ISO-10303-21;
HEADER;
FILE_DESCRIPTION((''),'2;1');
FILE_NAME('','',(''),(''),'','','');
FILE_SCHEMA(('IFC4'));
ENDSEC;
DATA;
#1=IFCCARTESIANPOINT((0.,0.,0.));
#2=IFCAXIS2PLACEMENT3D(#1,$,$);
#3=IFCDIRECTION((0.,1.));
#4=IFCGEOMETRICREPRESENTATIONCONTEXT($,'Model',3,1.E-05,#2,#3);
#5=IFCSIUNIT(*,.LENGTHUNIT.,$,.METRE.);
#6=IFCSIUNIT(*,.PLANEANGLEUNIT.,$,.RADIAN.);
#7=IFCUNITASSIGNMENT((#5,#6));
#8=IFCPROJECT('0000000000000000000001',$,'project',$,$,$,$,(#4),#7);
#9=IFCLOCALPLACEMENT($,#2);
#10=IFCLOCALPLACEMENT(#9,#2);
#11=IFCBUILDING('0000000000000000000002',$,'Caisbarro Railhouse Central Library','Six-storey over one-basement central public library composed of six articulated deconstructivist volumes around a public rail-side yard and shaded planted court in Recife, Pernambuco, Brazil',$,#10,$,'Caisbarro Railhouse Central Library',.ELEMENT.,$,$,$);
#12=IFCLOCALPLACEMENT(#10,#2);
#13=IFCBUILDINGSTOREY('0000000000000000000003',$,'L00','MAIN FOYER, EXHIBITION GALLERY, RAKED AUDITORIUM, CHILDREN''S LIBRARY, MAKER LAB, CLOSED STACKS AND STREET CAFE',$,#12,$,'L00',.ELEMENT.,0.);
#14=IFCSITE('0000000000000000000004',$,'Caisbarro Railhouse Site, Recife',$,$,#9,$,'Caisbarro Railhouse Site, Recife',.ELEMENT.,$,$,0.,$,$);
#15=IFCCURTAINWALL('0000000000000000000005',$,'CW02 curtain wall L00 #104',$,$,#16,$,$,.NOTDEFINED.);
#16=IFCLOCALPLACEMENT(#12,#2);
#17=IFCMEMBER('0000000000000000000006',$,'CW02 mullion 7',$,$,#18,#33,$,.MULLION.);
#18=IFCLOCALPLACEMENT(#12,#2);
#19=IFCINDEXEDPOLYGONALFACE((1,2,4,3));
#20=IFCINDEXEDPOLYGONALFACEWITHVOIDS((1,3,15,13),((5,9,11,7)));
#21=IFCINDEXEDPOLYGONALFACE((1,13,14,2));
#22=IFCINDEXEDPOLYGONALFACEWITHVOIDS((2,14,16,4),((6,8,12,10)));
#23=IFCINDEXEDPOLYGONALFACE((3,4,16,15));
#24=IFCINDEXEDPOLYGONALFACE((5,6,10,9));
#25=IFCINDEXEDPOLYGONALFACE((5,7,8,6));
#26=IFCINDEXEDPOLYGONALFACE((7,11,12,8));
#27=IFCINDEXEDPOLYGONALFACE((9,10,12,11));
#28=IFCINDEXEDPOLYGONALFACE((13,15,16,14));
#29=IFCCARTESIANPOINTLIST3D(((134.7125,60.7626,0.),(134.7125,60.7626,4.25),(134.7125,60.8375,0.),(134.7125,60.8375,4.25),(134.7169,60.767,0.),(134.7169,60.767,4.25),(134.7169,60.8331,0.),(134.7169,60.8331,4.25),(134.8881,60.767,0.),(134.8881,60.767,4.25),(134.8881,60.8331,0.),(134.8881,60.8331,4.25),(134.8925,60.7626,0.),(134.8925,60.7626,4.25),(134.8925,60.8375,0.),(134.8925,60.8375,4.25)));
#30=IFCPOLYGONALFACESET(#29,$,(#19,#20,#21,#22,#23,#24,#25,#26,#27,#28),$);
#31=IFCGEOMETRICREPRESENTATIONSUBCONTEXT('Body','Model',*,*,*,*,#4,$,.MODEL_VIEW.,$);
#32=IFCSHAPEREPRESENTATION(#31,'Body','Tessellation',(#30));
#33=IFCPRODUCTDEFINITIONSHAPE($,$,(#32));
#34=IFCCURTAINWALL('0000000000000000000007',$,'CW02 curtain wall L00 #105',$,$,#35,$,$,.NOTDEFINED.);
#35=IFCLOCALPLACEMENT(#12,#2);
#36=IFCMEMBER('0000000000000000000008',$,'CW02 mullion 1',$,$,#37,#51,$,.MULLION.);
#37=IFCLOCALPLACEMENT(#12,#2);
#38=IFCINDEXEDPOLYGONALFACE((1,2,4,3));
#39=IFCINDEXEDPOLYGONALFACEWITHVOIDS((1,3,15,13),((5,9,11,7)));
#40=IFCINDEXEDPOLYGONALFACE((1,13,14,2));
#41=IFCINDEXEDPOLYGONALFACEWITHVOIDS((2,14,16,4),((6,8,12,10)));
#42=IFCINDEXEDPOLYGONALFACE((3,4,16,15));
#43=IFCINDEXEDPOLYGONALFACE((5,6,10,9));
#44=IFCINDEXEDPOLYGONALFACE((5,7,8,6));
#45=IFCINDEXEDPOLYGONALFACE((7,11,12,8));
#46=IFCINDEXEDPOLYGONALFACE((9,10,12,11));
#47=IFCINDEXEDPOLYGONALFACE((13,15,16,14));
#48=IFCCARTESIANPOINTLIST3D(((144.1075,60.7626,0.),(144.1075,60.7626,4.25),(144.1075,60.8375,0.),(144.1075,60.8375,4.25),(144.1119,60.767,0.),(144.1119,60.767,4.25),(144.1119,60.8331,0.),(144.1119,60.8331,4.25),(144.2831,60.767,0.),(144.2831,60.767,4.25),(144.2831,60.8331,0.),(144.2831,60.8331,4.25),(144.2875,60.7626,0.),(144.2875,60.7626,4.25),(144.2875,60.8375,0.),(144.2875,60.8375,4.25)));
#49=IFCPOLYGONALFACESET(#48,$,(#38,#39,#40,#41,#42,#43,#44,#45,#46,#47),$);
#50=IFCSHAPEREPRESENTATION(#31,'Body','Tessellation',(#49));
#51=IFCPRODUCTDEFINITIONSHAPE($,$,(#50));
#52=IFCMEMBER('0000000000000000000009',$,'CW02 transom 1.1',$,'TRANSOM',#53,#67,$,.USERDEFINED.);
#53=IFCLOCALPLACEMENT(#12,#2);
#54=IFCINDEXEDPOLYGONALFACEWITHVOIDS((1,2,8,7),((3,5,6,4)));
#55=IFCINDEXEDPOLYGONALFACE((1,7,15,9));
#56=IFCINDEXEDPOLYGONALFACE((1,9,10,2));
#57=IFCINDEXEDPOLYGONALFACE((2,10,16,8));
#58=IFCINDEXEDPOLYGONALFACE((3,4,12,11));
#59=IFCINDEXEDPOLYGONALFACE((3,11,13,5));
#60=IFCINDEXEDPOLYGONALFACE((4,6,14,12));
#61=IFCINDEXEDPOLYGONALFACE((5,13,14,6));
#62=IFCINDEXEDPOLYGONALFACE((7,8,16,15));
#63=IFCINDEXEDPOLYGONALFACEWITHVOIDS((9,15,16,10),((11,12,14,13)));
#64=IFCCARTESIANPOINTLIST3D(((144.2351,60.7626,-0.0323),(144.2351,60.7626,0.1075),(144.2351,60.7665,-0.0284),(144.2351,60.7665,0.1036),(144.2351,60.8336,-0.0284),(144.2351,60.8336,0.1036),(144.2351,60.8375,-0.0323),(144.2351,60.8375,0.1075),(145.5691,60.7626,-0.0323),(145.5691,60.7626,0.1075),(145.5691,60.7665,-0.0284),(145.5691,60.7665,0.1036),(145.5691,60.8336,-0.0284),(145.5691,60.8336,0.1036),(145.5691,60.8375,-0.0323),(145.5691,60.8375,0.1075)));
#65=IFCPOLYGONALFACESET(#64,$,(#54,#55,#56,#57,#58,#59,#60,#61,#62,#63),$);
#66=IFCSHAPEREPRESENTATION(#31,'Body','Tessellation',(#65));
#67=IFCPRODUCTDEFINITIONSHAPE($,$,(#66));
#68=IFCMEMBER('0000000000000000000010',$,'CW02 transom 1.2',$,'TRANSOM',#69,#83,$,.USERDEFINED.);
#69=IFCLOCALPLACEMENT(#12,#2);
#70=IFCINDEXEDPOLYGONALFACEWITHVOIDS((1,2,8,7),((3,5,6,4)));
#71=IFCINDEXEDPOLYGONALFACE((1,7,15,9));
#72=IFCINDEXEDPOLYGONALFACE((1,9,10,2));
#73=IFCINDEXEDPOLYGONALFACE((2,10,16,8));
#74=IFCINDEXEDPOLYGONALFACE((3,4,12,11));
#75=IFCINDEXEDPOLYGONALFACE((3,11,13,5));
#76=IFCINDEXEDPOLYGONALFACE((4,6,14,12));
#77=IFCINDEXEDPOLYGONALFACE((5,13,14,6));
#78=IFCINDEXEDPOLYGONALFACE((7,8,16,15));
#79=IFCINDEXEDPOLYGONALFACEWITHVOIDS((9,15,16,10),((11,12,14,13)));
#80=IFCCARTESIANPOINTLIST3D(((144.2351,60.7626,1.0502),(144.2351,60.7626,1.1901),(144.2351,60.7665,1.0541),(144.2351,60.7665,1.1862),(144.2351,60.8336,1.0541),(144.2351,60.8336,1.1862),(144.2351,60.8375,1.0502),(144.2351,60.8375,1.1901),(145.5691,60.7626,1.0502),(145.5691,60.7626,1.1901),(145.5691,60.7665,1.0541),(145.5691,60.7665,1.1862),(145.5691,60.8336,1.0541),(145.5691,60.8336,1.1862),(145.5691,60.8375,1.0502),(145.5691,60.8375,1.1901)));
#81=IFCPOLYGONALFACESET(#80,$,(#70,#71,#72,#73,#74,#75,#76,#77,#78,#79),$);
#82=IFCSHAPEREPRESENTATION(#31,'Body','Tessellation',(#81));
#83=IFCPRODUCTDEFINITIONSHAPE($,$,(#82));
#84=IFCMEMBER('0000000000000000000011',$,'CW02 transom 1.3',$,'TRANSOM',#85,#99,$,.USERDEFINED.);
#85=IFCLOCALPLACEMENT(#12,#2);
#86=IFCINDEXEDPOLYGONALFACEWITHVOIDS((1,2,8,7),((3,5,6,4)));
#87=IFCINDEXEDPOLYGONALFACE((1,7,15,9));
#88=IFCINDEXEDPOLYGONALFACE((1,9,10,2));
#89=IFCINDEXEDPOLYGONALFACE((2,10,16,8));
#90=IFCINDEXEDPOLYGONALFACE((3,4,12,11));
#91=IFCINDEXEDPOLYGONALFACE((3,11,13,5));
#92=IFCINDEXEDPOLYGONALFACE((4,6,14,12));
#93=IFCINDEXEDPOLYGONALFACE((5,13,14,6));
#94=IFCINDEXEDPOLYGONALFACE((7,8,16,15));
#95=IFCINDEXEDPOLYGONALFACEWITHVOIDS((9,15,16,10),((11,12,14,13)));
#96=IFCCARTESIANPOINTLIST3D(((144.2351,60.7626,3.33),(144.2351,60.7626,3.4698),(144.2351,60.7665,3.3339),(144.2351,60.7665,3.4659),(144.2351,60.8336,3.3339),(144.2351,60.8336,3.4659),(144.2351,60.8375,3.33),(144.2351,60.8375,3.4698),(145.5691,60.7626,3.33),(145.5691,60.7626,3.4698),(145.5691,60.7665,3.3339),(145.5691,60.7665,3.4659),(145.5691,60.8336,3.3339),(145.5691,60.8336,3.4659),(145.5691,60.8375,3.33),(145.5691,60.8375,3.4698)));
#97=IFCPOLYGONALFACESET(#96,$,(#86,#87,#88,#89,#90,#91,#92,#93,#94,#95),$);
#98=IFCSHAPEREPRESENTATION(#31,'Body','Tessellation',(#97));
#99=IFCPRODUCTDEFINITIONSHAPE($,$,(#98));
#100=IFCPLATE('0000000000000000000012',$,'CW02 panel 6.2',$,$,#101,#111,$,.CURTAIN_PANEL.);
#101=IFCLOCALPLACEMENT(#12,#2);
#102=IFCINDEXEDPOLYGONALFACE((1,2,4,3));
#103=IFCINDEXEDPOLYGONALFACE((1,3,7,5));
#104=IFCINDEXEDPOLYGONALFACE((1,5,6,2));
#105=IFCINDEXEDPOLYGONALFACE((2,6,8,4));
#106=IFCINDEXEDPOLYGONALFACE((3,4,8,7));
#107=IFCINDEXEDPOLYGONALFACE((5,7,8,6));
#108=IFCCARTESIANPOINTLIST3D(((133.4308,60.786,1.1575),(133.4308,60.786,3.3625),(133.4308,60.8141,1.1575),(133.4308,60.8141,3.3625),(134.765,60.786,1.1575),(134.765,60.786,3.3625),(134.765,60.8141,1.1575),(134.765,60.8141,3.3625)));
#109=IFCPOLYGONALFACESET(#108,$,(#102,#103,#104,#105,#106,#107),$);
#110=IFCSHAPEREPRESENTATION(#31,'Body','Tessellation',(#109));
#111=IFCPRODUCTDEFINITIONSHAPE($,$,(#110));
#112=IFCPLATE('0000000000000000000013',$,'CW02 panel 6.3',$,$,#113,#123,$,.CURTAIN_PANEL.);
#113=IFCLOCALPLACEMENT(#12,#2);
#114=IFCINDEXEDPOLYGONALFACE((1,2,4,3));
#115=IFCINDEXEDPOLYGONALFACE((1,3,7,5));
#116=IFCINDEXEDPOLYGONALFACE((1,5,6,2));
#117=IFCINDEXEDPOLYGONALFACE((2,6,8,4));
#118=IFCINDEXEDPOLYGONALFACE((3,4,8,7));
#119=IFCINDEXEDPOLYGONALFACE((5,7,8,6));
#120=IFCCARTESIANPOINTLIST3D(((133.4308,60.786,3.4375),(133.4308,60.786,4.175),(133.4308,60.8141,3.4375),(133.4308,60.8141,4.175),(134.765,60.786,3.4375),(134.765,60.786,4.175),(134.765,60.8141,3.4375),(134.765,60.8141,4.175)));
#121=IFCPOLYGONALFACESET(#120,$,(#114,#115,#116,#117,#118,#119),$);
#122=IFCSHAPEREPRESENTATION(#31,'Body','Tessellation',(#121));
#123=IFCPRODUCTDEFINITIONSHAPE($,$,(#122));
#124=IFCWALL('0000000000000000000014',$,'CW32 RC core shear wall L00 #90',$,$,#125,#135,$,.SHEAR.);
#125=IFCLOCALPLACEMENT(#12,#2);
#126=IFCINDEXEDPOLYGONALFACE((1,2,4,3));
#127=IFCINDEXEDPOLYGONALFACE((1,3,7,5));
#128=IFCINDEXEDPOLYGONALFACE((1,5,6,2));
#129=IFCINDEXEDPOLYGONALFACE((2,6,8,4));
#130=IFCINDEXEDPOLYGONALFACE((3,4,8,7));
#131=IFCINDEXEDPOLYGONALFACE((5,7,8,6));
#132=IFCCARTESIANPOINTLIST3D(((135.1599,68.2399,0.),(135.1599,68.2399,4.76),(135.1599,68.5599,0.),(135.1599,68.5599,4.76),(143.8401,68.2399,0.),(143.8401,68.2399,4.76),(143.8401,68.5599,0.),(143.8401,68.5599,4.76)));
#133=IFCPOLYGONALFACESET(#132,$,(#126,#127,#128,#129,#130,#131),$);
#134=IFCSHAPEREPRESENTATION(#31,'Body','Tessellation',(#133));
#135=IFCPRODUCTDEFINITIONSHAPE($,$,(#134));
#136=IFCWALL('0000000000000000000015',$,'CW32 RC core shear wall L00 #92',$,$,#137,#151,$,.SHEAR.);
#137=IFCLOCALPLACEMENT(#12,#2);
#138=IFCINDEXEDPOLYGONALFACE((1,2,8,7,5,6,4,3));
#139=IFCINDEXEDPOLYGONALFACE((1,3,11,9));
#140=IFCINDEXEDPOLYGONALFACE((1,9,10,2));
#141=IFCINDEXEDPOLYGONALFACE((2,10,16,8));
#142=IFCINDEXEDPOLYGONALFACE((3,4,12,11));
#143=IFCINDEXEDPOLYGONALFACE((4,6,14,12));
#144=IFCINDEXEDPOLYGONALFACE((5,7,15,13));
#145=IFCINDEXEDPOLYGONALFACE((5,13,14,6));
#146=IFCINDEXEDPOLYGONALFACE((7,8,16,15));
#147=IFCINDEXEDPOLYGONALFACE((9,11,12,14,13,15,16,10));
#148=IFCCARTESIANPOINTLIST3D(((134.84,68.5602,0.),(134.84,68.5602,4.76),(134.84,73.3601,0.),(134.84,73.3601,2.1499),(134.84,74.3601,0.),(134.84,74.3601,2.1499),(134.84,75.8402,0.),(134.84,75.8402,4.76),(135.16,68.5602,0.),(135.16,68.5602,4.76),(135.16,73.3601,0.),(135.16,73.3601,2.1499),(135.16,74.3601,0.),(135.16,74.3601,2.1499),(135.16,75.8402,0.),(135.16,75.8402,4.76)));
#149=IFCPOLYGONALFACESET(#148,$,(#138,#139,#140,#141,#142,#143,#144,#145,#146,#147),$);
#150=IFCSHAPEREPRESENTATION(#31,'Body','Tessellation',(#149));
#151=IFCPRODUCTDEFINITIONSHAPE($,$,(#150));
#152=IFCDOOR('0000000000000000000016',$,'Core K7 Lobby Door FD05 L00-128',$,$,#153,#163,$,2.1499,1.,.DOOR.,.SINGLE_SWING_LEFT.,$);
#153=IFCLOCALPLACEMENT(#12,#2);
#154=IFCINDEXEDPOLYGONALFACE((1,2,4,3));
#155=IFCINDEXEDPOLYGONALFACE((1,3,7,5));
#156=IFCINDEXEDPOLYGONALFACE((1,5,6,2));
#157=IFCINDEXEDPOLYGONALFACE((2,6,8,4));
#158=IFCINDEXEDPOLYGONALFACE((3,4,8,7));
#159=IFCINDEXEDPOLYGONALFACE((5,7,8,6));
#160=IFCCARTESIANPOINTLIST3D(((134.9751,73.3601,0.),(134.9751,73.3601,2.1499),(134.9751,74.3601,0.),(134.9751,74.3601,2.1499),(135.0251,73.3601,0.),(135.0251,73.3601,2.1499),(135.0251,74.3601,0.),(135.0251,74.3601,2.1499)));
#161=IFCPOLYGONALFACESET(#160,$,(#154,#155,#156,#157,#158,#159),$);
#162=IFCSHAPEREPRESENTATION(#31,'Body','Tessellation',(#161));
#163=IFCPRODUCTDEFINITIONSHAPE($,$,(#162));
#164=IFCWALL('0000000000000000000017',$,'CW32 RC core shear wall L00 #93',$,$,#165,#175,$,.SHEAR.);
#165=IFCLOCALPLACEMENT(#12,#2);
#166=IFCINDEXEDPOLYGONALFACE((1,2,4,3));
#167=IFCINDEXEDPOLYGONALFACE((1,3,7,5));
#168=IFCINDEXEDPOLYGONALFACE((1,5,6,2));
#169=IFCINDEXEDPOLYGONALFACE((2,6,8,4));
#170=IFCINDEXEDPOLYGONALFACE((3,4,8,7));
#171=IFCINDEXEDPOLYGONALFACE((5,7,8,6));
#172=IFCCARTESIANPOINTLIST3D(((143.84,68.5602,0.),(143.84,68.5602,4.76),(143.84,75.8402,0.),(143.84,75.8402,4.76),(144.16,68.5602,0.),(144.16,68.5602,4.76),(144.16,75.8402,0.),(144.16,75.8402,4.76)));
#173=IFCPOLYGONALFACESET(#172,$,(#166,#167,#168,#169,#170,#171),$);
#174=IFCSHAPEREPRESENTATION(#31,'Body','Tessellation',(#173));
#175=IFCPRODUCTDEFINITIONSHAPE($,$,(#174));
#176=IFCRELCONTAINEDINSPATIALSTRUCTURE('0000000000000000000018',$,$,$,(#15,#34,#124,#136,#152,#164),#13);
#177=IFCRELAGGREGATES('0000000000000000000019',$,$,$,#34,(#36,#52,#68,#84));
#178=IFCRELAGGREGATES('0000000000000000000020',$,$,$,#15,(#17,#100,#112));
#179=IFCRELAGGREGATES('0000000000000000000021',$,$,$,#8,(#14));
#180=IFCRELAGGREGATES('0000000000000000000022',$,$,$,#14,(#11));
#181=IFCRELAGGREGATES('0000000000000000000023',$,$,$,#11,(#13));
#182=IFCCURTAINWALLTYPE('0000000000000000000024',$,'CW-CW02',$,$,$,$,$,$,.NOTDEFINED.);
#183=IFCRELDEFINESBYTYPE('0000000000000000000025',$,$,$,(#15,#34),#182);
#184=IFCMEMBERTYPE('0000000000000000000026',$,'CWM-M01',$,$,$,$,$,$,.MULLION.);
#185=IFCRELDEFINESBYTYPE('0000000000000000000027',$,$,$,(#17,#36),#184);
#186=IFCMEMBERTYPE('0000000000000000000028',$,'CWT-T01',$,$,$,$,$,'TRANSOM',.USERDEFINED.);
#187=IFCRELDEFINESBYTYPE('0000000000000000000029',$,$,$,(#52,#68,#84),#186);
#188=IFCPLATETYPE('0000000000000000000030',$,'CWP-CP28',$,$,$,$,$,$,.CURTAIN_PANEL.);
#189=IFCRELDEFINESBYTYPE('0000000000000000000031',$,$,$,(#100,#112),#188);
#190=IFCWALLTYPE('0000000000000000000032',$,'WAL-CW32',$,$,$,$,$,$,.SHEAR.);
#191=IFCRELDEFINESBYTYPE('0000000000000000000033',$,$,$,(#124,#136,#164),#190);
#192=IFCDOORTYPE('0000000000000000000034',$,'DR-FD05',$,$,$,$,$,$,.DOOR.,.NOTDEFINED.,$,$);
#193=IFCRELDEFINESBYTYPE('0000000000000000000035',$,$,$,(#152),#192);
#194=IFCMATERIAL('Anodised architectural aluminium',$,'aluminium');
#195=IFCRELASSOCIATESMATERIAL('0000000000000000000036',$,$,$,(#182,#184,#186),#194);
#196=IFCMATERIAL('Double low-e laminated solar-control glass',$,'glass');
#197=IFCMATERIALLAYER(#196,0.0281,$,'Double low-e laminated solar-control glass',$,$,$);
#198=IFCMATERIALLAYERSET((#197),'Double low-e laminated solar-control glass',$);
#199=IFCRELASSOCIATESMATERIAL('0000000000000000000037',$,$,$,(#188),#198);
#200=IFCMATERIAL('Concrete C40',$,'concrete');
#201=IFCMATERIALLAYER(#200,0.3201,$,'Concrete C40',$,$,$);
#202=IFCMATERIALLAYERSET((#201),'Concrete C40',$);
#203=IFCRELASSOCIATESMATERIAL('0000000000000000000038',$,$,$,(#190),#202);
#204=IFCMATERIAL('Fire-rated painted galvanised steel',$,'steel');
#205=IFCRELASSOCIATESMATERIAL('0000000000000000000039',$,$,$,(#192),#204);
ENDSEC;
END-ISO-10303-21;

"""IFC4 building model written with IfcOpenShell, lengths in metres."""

from ifc_helpers import new_model, si_unit, direction, frame, frame_2d, origin, origin_2d, place, context, subcontext, project, spatial, rectangle, hollow_rectangle, extrude, material, layer, layer_set, material_profile, profile_set, type_object, element, fill, aggregate, save


model = new_model("IFC4")

# Units and contexts
model_context = context("Model", 3, precision=1e-05, world=origin(), true_north=direction((0.0, 1.0)))
body_context = subcontext(model_context, "Body", "Model", "MODEL_VIEW")
ifc_project = project(units=[si_unit("LENGTHUNIT", "METRE"), si_unit("PLANEANGLEUNIT", "RADIAN")], contexts=[model_context])

# Site, building, storey
site_placement = place(None, origin())
site = spatial("IfcSite", under=ifc_project, at=site_placement, Name="Caisbarro Railhouse Site, Recife", LongName="Caisbarro Railhouse Site, Recife", CompositionType="ELEMENT", RefElevation=0.0)
building_placement = place(site_placement, origin())
building = spatial("IfcBuilding", under=site, at=building_placement, Name="Caisbarro Railhouse Central Library", Description="Six-storey over one-basement central public library composed of six articulated deconstructivist volumes around a public rail-side yard and shaded planted court in Recife, Pernambuco, Brazil", LongName="Caisbarro Railhouse Central Library", CompositionType="ELEMENT")
storey_placement = place(building_placement, origin())
storey = spatial("IfcBuildingStorey", under=building, at=storey_placement, Name="L00", Description="MAIN FOYER, EXHIBITION GALLERY, RAKED AUDITORIUM, CHILDREN'S LIBRARY, MAKER LAB, CLOSED STACKS AND STREET CAFE", LongName="L00", CompositionType="ELEMENT", Elevation=0.0)

# Curtain wall, member
ifc_material_1 = material(Name="Anodised architectural aluminium", Category="aluminium")
curtain_wall_type = type_object("IfcCurtainWallType", Name="CW-CW02", PredefinedType="NOTDEFINED", material=ifc_material_1)
curtain_wall_1_placement = place(storey_placement, origin())
curtain_wall_1 = element("IfcCurtainWall", 1, at=curtain_wall_1_placement, inside=storey, type_object=curtain_wall_type, Name="CW02 curtain wall L00 #104", PredefinedType="NOTDEFINED")
ifc_material_profile_1 = material_profile(ifc_material_1, hollow_rectangle(XDim=0.075, YDim=0.1799, WallThickness=0.0044, at=origin_2d()), Name="ALU-MUL-75X180")
ifc_profile_set_1 = profile_set([ifc_material_profile_1], Name="Anodised architectural aluminium")
member_type_1 = type_object("IfcMemberType", Name="CWM-M01", PredefinedType="MULLION", material=ifc_profile_set_1)
member_1_placement = place(storey_placement, frame((134.8025, 60.8, 0.0), z_axis=(0.0, 0.0, 1.0), x_axis=(0.0, 1.0, 0.0)))
member_1 = element("IfcMember", 2, at=member_1_placement, type_object=member_type_1, Name="CW02 mullion 7", PredefinedType="MULLION", context=body_context, shape_type="SweptSolid", body=[
    extrude(hollow_rectangle(XDim=0.075, YDim=0.1799, WallThickness=0.0044, at=origin_2d()), origin(), (0.0, 0.0, 1.0), 4.25),
])

# Curtain wall, members
curtain_wall_2_placement = place(storey_placement, origin())
curtain_wall_2 = element("IfcCurtainWall", 3, at=curtain_wall_2_placement, inside=storey, type_object=curtain_wall_type, Name="CW02 curtain wall L00 #105", PredefinedType="NOTDEFINED")
member_2_placement = place(storey_placement, frame((144.1975, 60.8, 0.0), z_axis=(0.0, 0.0, 1.0), x_axis=(0.0, 1.0, 0.0)))
member_2 = element("IfcMember", 4, at=member_2_placement, type_object=member_type_1, Name="CW02 mullion 1", PredefinedType="MULLION", context=body_context, shape_type="SweptSolid", body=[
    extrude(hollow_rectangle(XDim=0.075, YDim=0.1799, WallThickness=0.0044, at=origin_2d()), origin(), (0.0, 0.0, 1.0), 4.25),
])
ifc_material_profile_2 = material_profile(ifc_material_1, hollow_rectangle(XDim=0.075, YDim=0.1399, WallThickness=0.0039, at=origin_2d()), Name="ALU-TRN-75X140")
ifc_profile_set_2 = profile_set([ifc_material_profile_2], Name="Anodised architectural aluminium")
member_type_2 = type_object("IfcMemberType", Name="CWT-T01", ElementType="TRANSOM", PredefinedType="USERDEFINED", material=ifc_profile_set_2)
member_3_placement = place(storey_placement, frame((144.2351, 60.8, 0.0376), z_axis=(1.0, 0.0, 0.0), x_axis=(0.0, 1.0, 0.0)))
member_3 = element("IfcMember", 5, at=member_3_placement, type_object=member_type_2, Name="CW02 transom 1.1", ObjectType="TRANSOM", PredefinedType="USERDEFINED", context=body_context, shape_type="SweptSolid", body=[
    extrude(hollow_rectangle(XDim=0.075, YDim=0.1399, WallThickness=0.0039, at=origin_2d()), origin(), (0.0, 0.0, 1.0), 1.334),
])
member_4_placement = place(storey_placement, frame((144.2351, 60.8, 1.1201), z_axis=(1.0, 0.0, 0.0), x_axis=(0.0, 1.0, 0.0)))
member_4 = element("IfcMember", 6, at=member_4_placement, type_object=member_type_2, Name="CW02 transom 1.2", ObjectType="TRANSOM", PredefinedType="USERDEFINED", context=body_context, shape_type="SweptSolid", body=[
    extrude(hollow_rectangle(XDim=0.075, YDim=0.1399, WallThickness=0.0039, at=origin_2d()), origin(), (0.0, 0.0, 1.0), 1.334),
])
member_5_placement = place(storey_placement, frame((144.2351, 60.8, 3.3999), z_axis=(1.0, 0.0, 0.0), x_axis=(0.0, 1.0, 0.0)))
member_5 = element("IfcMember", 7, at=member_5_placement, type_object=member_type_2, Name="CW02 transom 1.3", ObjectType="TRANSOM", PredefinedType="USERDEFINED", context=body_context, shape_type="SweptSolid", body=[
    extrude(hollow_rectangle(XDim=0.075, YDim=0.1399, WallThickness=0.0039, at=origin_2d()), origin(), (0.0, 0.0, 1.0), 1.334),
])
aggregate(curtain_wall_2, [member_2, member_3, member_4, member_5])

# Plates
ifc_material_2 = material(Name="Double low-e laminated solar-control glass", Category="glass")
ifc_layer_1 = layer(ifc_material_2, 0.0281, Name="Double low-e laminated solar-control glass")
ifc_layer_set_1 = layer_set([ifc_layer_1], Name="Double low-e laminated solar-control glass")
plate_type = type_object("IfcPlateType", Name="CWP-CP28", PredefinedType="CURTAIN_PANEL", material=ifc_layer_set_1)
plate_1_placement = place(storey_placement, frame((134.0979, 60.8, 1.1575), z_axis=(0.0, 0.0, 1.0), x_axis=(1.0, 0.0, 0.0)))
plate_1 = element("IfcPlate", 8, at=plate_1_placement, type_object=plate_type, Name="CW02 panel 6.2", PredefinedType="CURTAIN_PANEL", context=body_context, shape_type="SweptSolid", body=[
    extrude(rectangle(XDim=1.3342, YDim=0.0281, at=origin_2d()), origin(), (0.0, 0.0, 1.0), 2.2051),
])
plate_2_placement = place(storey_placement, frame((134.0979, 60.8, 3.4375), z_axis=(0.0, 0.0, 1.0), x_axis=(1.0, 0.0, 0.0)))
plate_2 = element("IfcPlate", 9, at=plate_2_placement, type_object=plate_type, Name="CW02 panel 6.3", PredefinedType="CURTAIN_PANEL", context=body_context, shape_type="SweptSolid", body=[
    extrude(rectangle(XDim=1.3342, YDim=0.0281, at=origin_2d()), origin(), (0.0, 0.0, 1.0), 0.7375),
])
aggregate(curtain_wall_1, [member_1, plate_1, plate_2])

# Wall
ifc_material_3 = material(Name="Concrete C40", Category="concrete")
ifc_layer_2 = layer(ifc_material_3, 0.3201, Name="Concrete C40")
ifc_layer_set_2 = layer_set([ifc_layer_2], Name="Concrete C40")
wall_type_1 = type_object("IfcWallType", Name="WAL-CW32", PredefinedType="SHEAR", material=ifc_layer_set_2)
wall_1_placement = place(storey_placement, frame((135.1599, 68.3999, 0.0), z_axis=(0.0, 0.0, 1.0), x_axis=(1.0, 0.0, 0.0)))
element("IfcWall", 10, at=wall_1_placement, inside=storey, type_object=wall_type_1, Name="CW32 RC core shear wall L00 #90", PredefinedType="SHEAR", context=body_context, shape_type="SweptSolid", body=[
    extrude(rectangle(XDim=8.6802, YDim=0.3201, at=frame_2d((4.3401, 0.0))), origin(), (0.0, 0.0, 1.0), 4.76),
])

# Wall, opening, door
wall_2_placement = place(storey_placement, frame((135.0, 68.5601, 0.0), z_axis=(0.0, 0.0, 1.0), x_axis=(0.0, 1.0, 0.0)))
wall_2 = element("IfcWall", 11, at=wall_2_placement, inside=storey, type_object=wall_type_1, Name="CW32 RC core shear wall L00 #92", PredefinedType="SHEAR", context=body_context, shape_type="SweptSolid", body=[
    extrude(rectangle(XDim=7.28, YDim=0.3201, at=frame_2d((3.6401, 0.0))), origin(), (0.0, 0.0, 1.0), 4.76),
])
opening_1_placement = place(wall_2_placement, frame((4.8, 0.0, 0.0)))
opening_1 = element("IfcOpeningElement", 12, at=opening_1_placement, cuts=wall_2, PredefinedType="OPENING", context=body_context, shape_type="SweptSolid", body=[
    extrude(rectangle(XDim=1.0, YDim=2.1499, at=frame_2d((0.5, 1.075))), frame((0.0, 0.1699, 0.0), z_axis=(0.0, -1.0, 0.0), x_axis=(1.0, 0.0, 0.0)), (0.0, 0.0, 1.0), 0.3401),
])
ifc_material_4 = material(Name="Fire-rated painted galvanised steel", Category="steel")
door_type_1 = type_object("IfcDoorType", Name="DR-FD05", OperationType="NOTDEFINED", PredefinedType="DOOR", material=ifc_material_4)
door_1_placement = place(opening_1_placement, origin())
door_1 = element("IfcDoor", 13, at=door_1_placement, inside=storey, type_object=door_type_1, Name="Core K7 Lobby Door FD05 L00-128", OperationType="SINGLE_SWING_LEFT", OverallHeight=2.1499, OverallWidth=1.0, PredefinedType="DOOR", context=body_context, shape_type="SweptSolid", body=[
    extrude(rectangle(XDim=1.0, YDim=2.1499, at=frame_2d((0.5, 1.075))), frame((0.0, 0.0249, 0.0), z_axis=(0.0, -1.0, 0.0), x_axis=(1.0, 0.0, 0.0)), (0.0, 0.0, 1.0), 0.05),
])
fill(opening_1, door_1)

# Wall
wall_3_placement = place(storey_placement, frame((144.0, 68.5601, 0.0), z_axis=(0.0, 0.0, 1.0), x_axis=(0.0, 1.0, 0.0)))
element("IfcWall", 14, at=wall_3_placement, inside=storey, type_object=wall_type_1, Name="CW32 RC core shear wall L00 #93", PredefinedType="SHEAR", context=body_context, shape_type="SweptSolid", body=[
    extrude(rectangle(XDim=7.28, YDim=0.3201, at=frame_2d((3.6401, 0.0))), origin(), (0.0, 0.0, 1.0), 4.76),
])

save(model, "model.ifc")
